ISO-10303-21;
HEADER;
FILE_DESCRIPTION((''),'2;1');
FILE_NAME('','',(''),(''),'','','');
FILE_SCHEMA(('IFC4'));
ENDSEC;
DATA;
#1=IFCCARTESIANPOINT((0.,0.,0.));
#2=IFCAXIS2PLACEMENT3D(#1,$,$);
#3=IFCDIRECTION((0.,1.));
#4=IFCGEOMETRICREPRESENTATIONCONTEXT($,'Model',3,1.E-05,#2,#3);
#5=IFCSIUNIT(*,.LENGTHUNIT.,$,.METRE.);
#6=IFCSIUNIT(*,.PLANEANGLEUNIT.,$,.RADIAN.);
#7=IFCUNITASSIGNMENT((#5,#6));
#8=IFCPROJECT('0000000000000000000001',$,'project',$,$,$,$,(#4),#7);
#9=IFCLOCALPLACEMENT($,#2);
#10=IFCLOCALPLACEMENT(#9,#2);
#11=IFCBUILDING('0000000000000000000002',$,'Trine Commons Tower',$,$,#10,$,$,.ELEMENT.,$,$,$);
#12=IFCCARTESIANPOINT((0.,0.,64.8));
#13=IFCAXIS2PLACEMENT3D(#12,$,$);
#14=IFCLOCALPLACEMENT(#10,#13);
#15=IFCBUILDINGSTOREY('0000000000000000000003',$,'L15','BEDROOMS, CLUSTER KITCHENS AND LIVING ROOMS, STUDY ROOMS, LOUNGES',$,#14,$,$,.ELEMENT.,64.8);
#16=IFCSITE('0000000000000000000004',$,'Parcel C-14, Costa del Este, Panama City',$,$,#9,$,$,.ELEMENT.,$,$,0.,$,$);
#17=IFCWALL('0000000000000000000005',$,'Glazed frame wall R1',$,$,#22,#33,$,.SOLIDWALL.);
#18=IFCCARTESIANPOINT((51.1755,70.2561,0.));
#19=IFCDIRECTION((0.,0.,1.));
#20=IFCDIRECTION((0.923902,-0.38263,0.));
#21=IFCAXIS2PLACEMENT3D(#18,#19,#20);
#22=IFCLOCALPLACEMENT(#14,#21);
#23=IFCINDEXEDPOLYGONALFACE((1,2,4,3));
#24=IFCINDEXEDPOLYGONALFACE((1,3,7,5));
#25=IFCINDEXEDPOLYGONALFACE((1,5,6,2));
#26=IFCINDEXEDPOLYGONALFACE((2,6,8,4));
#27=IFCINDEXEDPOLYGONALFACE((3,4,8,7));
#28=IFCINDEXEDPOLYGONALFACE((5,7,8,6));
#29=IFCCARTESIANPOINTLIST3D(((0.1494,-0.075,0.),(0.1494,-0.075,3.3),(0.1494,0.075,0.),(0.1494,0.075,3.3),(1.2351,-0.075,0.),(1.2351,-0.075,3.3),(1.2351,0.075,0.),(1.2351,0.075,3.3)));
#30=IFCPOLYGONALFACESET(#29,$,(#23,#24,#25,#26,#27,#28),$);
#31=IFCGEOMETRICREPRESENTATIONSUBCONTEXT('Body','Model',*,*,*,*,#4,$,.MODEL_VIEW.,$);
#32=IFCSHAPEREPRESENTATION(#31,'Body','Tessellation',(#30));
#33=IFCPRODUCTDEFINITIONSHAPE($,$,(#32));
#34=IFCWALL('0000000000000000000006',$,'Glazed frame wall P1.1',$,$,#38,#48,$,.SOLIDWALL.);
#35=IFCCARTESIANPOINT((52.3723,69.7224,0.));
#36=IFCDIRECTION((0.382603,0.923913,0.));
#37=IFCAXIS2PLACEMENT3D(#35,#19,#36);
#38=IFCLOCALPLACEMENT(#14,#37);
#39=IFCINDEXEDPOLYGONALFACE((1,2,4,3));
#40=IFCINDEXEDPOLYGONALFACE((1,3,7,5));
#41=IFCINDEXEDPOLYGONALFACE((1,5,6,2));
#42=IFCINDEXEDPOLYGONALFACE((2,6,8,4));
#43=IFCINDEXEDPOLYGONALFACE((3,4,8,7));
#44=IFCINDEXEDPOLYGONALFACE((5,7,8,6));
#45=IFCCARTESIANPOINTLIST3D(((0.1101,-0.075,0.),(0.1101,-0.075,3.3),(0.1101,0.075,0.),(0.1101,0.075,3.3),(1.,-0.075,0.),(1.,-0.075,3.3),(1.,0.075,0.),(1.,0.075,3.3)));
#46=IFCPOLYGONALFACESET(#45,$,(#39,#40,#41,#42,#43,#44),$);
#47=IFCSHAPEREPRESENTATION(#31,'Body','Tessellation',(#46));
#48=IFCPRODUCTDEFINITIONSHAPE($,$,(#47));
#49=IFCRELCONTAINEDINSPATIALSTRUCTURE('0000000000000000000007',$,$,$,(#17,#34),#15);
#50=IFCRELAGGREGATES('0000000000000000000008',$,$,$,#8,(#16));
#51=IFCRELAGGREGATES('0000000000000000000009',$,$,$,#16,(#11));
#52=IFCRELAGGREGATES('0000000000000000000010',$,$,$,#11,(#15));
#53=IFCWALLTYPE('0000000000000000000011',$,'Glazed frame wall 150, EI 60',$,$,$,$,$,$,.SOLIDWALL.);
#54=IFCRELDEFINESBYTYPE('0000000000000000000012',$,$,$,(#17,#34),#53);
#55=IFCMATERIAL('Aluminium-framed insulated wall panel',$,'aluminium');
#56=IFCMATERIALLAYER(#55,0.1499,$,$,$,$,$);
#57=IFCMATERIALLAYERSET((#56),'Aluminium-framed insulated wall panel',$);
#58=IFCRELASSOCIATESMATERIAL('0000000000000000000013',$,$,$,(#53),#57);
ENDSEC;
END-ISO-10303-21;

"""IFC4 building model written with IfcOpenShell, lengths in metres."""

from ifc_helpers import new_model, si_unit, direction, frame, origin, place, context, subcontext, project, spatial, polyline, outline, extrude, material, layer, layer_set, type_object, element, save


model = new_model("IFC4")

# Units and contexts
model_context = context("Model", 3, precision=1e-05, world=origin(), true_north=direction((0.0, 1.0)))
body_context = subcontext(model_context, "Body", "Model", "MODEL_VIEW")
ifc_project = project(units=[si_unit("LENGTHUNIT", "METRE"), si_unit("PLANEANGLEUNIT", "RADIAN")], contexts=[model_context])

# Site, building, storey
site_placement = place(None, origin())
site = spatial("IfcSite", under=ifc_project, at=site_placement, Name="Parcel C-14, Costa del Este, Panama City", CompositionType="ELEMENT", RefElevation=0.0)
building_placement = place(site_placement, origin())
building = spatial("IfcBuilding", under=site, at=building_placement, Name="Trine Commons Tower", CompositionType="ELEMENT")
storey_placement = place(building_placement, frame((0.0, 0.0, 64.8)))
storey = spatial("IfcBuildingStorey", under=building, at=storey_placement, Name="L15", Description="BEDROOMS, CLUSTER KITCHENS AND LIVING ROOMS, STUDY ROOMS, LOUNGES", CompositionType="ELEMENT", Elevation=64.8)

# Walls
ifc_material_1 = material(Name="Aluminium-framed insulated wall panel", Category="aluminium")
ifc_layer_1 = layer(ifc_material_1, 0.1499)
ifc_layer_set_1 = layer_set([ifc_layer_1], Name="Aluminium-framed insulated wall panel")
wall_type_1 = type_object("IfcWallType", Name="Glazed frame wall 150, EI 60", PredefinedType="SOLIDWALL", material=ifc_layer_set_1)
wall_1_placement = place(storey_placement, frame((51.1755, 70.2561, 0.0), z_axis=(0.0, 0.0, 1.0), x_axis=(0.923902, -0.38263, 0.0)))
element("IfcWall", 1, at=wall_1_placement, inside=storey, type_object=wall_type_1, Name="Glazed frame wall R1", PredefinedType="SOLIDWALL", context=body_context, shape_type="SweptSolid", body=[
    extrude(outline(polyline([(0.1494, 0.075), (0.1494, -0.075), (1.2351, -0.075), (1.2351, 0.075), (0.1494, 0.075)])), origin(), (0.0, 0.0, 1.0), 3.3),
])
wall_2_placement = place(storey_placement, frame((52.3723, 69.7224, 0.0), z_axis=(0.0, 0.0, 1.0), x_axis=(0.382603, 0.923913, 0.0)))
element("IfcWall", 2, at=wall_2_placement, inside=storey, type_object=wall_type_1, Name="Glazed frame wall P1.1", PredefinedType="SOLIDWALL", context=body_context, shape_type="SweptSolid", body=[
    extrude(outline(polyline([(0.1101, -0.075), (1.0, -0.075), (1.0, 0.075), (0.1101, 0.075), (0.1101, -0.075)])), origin(), (0.0, 0.0, 1.0), 3.3),
])

save(model, "model.ifc")
